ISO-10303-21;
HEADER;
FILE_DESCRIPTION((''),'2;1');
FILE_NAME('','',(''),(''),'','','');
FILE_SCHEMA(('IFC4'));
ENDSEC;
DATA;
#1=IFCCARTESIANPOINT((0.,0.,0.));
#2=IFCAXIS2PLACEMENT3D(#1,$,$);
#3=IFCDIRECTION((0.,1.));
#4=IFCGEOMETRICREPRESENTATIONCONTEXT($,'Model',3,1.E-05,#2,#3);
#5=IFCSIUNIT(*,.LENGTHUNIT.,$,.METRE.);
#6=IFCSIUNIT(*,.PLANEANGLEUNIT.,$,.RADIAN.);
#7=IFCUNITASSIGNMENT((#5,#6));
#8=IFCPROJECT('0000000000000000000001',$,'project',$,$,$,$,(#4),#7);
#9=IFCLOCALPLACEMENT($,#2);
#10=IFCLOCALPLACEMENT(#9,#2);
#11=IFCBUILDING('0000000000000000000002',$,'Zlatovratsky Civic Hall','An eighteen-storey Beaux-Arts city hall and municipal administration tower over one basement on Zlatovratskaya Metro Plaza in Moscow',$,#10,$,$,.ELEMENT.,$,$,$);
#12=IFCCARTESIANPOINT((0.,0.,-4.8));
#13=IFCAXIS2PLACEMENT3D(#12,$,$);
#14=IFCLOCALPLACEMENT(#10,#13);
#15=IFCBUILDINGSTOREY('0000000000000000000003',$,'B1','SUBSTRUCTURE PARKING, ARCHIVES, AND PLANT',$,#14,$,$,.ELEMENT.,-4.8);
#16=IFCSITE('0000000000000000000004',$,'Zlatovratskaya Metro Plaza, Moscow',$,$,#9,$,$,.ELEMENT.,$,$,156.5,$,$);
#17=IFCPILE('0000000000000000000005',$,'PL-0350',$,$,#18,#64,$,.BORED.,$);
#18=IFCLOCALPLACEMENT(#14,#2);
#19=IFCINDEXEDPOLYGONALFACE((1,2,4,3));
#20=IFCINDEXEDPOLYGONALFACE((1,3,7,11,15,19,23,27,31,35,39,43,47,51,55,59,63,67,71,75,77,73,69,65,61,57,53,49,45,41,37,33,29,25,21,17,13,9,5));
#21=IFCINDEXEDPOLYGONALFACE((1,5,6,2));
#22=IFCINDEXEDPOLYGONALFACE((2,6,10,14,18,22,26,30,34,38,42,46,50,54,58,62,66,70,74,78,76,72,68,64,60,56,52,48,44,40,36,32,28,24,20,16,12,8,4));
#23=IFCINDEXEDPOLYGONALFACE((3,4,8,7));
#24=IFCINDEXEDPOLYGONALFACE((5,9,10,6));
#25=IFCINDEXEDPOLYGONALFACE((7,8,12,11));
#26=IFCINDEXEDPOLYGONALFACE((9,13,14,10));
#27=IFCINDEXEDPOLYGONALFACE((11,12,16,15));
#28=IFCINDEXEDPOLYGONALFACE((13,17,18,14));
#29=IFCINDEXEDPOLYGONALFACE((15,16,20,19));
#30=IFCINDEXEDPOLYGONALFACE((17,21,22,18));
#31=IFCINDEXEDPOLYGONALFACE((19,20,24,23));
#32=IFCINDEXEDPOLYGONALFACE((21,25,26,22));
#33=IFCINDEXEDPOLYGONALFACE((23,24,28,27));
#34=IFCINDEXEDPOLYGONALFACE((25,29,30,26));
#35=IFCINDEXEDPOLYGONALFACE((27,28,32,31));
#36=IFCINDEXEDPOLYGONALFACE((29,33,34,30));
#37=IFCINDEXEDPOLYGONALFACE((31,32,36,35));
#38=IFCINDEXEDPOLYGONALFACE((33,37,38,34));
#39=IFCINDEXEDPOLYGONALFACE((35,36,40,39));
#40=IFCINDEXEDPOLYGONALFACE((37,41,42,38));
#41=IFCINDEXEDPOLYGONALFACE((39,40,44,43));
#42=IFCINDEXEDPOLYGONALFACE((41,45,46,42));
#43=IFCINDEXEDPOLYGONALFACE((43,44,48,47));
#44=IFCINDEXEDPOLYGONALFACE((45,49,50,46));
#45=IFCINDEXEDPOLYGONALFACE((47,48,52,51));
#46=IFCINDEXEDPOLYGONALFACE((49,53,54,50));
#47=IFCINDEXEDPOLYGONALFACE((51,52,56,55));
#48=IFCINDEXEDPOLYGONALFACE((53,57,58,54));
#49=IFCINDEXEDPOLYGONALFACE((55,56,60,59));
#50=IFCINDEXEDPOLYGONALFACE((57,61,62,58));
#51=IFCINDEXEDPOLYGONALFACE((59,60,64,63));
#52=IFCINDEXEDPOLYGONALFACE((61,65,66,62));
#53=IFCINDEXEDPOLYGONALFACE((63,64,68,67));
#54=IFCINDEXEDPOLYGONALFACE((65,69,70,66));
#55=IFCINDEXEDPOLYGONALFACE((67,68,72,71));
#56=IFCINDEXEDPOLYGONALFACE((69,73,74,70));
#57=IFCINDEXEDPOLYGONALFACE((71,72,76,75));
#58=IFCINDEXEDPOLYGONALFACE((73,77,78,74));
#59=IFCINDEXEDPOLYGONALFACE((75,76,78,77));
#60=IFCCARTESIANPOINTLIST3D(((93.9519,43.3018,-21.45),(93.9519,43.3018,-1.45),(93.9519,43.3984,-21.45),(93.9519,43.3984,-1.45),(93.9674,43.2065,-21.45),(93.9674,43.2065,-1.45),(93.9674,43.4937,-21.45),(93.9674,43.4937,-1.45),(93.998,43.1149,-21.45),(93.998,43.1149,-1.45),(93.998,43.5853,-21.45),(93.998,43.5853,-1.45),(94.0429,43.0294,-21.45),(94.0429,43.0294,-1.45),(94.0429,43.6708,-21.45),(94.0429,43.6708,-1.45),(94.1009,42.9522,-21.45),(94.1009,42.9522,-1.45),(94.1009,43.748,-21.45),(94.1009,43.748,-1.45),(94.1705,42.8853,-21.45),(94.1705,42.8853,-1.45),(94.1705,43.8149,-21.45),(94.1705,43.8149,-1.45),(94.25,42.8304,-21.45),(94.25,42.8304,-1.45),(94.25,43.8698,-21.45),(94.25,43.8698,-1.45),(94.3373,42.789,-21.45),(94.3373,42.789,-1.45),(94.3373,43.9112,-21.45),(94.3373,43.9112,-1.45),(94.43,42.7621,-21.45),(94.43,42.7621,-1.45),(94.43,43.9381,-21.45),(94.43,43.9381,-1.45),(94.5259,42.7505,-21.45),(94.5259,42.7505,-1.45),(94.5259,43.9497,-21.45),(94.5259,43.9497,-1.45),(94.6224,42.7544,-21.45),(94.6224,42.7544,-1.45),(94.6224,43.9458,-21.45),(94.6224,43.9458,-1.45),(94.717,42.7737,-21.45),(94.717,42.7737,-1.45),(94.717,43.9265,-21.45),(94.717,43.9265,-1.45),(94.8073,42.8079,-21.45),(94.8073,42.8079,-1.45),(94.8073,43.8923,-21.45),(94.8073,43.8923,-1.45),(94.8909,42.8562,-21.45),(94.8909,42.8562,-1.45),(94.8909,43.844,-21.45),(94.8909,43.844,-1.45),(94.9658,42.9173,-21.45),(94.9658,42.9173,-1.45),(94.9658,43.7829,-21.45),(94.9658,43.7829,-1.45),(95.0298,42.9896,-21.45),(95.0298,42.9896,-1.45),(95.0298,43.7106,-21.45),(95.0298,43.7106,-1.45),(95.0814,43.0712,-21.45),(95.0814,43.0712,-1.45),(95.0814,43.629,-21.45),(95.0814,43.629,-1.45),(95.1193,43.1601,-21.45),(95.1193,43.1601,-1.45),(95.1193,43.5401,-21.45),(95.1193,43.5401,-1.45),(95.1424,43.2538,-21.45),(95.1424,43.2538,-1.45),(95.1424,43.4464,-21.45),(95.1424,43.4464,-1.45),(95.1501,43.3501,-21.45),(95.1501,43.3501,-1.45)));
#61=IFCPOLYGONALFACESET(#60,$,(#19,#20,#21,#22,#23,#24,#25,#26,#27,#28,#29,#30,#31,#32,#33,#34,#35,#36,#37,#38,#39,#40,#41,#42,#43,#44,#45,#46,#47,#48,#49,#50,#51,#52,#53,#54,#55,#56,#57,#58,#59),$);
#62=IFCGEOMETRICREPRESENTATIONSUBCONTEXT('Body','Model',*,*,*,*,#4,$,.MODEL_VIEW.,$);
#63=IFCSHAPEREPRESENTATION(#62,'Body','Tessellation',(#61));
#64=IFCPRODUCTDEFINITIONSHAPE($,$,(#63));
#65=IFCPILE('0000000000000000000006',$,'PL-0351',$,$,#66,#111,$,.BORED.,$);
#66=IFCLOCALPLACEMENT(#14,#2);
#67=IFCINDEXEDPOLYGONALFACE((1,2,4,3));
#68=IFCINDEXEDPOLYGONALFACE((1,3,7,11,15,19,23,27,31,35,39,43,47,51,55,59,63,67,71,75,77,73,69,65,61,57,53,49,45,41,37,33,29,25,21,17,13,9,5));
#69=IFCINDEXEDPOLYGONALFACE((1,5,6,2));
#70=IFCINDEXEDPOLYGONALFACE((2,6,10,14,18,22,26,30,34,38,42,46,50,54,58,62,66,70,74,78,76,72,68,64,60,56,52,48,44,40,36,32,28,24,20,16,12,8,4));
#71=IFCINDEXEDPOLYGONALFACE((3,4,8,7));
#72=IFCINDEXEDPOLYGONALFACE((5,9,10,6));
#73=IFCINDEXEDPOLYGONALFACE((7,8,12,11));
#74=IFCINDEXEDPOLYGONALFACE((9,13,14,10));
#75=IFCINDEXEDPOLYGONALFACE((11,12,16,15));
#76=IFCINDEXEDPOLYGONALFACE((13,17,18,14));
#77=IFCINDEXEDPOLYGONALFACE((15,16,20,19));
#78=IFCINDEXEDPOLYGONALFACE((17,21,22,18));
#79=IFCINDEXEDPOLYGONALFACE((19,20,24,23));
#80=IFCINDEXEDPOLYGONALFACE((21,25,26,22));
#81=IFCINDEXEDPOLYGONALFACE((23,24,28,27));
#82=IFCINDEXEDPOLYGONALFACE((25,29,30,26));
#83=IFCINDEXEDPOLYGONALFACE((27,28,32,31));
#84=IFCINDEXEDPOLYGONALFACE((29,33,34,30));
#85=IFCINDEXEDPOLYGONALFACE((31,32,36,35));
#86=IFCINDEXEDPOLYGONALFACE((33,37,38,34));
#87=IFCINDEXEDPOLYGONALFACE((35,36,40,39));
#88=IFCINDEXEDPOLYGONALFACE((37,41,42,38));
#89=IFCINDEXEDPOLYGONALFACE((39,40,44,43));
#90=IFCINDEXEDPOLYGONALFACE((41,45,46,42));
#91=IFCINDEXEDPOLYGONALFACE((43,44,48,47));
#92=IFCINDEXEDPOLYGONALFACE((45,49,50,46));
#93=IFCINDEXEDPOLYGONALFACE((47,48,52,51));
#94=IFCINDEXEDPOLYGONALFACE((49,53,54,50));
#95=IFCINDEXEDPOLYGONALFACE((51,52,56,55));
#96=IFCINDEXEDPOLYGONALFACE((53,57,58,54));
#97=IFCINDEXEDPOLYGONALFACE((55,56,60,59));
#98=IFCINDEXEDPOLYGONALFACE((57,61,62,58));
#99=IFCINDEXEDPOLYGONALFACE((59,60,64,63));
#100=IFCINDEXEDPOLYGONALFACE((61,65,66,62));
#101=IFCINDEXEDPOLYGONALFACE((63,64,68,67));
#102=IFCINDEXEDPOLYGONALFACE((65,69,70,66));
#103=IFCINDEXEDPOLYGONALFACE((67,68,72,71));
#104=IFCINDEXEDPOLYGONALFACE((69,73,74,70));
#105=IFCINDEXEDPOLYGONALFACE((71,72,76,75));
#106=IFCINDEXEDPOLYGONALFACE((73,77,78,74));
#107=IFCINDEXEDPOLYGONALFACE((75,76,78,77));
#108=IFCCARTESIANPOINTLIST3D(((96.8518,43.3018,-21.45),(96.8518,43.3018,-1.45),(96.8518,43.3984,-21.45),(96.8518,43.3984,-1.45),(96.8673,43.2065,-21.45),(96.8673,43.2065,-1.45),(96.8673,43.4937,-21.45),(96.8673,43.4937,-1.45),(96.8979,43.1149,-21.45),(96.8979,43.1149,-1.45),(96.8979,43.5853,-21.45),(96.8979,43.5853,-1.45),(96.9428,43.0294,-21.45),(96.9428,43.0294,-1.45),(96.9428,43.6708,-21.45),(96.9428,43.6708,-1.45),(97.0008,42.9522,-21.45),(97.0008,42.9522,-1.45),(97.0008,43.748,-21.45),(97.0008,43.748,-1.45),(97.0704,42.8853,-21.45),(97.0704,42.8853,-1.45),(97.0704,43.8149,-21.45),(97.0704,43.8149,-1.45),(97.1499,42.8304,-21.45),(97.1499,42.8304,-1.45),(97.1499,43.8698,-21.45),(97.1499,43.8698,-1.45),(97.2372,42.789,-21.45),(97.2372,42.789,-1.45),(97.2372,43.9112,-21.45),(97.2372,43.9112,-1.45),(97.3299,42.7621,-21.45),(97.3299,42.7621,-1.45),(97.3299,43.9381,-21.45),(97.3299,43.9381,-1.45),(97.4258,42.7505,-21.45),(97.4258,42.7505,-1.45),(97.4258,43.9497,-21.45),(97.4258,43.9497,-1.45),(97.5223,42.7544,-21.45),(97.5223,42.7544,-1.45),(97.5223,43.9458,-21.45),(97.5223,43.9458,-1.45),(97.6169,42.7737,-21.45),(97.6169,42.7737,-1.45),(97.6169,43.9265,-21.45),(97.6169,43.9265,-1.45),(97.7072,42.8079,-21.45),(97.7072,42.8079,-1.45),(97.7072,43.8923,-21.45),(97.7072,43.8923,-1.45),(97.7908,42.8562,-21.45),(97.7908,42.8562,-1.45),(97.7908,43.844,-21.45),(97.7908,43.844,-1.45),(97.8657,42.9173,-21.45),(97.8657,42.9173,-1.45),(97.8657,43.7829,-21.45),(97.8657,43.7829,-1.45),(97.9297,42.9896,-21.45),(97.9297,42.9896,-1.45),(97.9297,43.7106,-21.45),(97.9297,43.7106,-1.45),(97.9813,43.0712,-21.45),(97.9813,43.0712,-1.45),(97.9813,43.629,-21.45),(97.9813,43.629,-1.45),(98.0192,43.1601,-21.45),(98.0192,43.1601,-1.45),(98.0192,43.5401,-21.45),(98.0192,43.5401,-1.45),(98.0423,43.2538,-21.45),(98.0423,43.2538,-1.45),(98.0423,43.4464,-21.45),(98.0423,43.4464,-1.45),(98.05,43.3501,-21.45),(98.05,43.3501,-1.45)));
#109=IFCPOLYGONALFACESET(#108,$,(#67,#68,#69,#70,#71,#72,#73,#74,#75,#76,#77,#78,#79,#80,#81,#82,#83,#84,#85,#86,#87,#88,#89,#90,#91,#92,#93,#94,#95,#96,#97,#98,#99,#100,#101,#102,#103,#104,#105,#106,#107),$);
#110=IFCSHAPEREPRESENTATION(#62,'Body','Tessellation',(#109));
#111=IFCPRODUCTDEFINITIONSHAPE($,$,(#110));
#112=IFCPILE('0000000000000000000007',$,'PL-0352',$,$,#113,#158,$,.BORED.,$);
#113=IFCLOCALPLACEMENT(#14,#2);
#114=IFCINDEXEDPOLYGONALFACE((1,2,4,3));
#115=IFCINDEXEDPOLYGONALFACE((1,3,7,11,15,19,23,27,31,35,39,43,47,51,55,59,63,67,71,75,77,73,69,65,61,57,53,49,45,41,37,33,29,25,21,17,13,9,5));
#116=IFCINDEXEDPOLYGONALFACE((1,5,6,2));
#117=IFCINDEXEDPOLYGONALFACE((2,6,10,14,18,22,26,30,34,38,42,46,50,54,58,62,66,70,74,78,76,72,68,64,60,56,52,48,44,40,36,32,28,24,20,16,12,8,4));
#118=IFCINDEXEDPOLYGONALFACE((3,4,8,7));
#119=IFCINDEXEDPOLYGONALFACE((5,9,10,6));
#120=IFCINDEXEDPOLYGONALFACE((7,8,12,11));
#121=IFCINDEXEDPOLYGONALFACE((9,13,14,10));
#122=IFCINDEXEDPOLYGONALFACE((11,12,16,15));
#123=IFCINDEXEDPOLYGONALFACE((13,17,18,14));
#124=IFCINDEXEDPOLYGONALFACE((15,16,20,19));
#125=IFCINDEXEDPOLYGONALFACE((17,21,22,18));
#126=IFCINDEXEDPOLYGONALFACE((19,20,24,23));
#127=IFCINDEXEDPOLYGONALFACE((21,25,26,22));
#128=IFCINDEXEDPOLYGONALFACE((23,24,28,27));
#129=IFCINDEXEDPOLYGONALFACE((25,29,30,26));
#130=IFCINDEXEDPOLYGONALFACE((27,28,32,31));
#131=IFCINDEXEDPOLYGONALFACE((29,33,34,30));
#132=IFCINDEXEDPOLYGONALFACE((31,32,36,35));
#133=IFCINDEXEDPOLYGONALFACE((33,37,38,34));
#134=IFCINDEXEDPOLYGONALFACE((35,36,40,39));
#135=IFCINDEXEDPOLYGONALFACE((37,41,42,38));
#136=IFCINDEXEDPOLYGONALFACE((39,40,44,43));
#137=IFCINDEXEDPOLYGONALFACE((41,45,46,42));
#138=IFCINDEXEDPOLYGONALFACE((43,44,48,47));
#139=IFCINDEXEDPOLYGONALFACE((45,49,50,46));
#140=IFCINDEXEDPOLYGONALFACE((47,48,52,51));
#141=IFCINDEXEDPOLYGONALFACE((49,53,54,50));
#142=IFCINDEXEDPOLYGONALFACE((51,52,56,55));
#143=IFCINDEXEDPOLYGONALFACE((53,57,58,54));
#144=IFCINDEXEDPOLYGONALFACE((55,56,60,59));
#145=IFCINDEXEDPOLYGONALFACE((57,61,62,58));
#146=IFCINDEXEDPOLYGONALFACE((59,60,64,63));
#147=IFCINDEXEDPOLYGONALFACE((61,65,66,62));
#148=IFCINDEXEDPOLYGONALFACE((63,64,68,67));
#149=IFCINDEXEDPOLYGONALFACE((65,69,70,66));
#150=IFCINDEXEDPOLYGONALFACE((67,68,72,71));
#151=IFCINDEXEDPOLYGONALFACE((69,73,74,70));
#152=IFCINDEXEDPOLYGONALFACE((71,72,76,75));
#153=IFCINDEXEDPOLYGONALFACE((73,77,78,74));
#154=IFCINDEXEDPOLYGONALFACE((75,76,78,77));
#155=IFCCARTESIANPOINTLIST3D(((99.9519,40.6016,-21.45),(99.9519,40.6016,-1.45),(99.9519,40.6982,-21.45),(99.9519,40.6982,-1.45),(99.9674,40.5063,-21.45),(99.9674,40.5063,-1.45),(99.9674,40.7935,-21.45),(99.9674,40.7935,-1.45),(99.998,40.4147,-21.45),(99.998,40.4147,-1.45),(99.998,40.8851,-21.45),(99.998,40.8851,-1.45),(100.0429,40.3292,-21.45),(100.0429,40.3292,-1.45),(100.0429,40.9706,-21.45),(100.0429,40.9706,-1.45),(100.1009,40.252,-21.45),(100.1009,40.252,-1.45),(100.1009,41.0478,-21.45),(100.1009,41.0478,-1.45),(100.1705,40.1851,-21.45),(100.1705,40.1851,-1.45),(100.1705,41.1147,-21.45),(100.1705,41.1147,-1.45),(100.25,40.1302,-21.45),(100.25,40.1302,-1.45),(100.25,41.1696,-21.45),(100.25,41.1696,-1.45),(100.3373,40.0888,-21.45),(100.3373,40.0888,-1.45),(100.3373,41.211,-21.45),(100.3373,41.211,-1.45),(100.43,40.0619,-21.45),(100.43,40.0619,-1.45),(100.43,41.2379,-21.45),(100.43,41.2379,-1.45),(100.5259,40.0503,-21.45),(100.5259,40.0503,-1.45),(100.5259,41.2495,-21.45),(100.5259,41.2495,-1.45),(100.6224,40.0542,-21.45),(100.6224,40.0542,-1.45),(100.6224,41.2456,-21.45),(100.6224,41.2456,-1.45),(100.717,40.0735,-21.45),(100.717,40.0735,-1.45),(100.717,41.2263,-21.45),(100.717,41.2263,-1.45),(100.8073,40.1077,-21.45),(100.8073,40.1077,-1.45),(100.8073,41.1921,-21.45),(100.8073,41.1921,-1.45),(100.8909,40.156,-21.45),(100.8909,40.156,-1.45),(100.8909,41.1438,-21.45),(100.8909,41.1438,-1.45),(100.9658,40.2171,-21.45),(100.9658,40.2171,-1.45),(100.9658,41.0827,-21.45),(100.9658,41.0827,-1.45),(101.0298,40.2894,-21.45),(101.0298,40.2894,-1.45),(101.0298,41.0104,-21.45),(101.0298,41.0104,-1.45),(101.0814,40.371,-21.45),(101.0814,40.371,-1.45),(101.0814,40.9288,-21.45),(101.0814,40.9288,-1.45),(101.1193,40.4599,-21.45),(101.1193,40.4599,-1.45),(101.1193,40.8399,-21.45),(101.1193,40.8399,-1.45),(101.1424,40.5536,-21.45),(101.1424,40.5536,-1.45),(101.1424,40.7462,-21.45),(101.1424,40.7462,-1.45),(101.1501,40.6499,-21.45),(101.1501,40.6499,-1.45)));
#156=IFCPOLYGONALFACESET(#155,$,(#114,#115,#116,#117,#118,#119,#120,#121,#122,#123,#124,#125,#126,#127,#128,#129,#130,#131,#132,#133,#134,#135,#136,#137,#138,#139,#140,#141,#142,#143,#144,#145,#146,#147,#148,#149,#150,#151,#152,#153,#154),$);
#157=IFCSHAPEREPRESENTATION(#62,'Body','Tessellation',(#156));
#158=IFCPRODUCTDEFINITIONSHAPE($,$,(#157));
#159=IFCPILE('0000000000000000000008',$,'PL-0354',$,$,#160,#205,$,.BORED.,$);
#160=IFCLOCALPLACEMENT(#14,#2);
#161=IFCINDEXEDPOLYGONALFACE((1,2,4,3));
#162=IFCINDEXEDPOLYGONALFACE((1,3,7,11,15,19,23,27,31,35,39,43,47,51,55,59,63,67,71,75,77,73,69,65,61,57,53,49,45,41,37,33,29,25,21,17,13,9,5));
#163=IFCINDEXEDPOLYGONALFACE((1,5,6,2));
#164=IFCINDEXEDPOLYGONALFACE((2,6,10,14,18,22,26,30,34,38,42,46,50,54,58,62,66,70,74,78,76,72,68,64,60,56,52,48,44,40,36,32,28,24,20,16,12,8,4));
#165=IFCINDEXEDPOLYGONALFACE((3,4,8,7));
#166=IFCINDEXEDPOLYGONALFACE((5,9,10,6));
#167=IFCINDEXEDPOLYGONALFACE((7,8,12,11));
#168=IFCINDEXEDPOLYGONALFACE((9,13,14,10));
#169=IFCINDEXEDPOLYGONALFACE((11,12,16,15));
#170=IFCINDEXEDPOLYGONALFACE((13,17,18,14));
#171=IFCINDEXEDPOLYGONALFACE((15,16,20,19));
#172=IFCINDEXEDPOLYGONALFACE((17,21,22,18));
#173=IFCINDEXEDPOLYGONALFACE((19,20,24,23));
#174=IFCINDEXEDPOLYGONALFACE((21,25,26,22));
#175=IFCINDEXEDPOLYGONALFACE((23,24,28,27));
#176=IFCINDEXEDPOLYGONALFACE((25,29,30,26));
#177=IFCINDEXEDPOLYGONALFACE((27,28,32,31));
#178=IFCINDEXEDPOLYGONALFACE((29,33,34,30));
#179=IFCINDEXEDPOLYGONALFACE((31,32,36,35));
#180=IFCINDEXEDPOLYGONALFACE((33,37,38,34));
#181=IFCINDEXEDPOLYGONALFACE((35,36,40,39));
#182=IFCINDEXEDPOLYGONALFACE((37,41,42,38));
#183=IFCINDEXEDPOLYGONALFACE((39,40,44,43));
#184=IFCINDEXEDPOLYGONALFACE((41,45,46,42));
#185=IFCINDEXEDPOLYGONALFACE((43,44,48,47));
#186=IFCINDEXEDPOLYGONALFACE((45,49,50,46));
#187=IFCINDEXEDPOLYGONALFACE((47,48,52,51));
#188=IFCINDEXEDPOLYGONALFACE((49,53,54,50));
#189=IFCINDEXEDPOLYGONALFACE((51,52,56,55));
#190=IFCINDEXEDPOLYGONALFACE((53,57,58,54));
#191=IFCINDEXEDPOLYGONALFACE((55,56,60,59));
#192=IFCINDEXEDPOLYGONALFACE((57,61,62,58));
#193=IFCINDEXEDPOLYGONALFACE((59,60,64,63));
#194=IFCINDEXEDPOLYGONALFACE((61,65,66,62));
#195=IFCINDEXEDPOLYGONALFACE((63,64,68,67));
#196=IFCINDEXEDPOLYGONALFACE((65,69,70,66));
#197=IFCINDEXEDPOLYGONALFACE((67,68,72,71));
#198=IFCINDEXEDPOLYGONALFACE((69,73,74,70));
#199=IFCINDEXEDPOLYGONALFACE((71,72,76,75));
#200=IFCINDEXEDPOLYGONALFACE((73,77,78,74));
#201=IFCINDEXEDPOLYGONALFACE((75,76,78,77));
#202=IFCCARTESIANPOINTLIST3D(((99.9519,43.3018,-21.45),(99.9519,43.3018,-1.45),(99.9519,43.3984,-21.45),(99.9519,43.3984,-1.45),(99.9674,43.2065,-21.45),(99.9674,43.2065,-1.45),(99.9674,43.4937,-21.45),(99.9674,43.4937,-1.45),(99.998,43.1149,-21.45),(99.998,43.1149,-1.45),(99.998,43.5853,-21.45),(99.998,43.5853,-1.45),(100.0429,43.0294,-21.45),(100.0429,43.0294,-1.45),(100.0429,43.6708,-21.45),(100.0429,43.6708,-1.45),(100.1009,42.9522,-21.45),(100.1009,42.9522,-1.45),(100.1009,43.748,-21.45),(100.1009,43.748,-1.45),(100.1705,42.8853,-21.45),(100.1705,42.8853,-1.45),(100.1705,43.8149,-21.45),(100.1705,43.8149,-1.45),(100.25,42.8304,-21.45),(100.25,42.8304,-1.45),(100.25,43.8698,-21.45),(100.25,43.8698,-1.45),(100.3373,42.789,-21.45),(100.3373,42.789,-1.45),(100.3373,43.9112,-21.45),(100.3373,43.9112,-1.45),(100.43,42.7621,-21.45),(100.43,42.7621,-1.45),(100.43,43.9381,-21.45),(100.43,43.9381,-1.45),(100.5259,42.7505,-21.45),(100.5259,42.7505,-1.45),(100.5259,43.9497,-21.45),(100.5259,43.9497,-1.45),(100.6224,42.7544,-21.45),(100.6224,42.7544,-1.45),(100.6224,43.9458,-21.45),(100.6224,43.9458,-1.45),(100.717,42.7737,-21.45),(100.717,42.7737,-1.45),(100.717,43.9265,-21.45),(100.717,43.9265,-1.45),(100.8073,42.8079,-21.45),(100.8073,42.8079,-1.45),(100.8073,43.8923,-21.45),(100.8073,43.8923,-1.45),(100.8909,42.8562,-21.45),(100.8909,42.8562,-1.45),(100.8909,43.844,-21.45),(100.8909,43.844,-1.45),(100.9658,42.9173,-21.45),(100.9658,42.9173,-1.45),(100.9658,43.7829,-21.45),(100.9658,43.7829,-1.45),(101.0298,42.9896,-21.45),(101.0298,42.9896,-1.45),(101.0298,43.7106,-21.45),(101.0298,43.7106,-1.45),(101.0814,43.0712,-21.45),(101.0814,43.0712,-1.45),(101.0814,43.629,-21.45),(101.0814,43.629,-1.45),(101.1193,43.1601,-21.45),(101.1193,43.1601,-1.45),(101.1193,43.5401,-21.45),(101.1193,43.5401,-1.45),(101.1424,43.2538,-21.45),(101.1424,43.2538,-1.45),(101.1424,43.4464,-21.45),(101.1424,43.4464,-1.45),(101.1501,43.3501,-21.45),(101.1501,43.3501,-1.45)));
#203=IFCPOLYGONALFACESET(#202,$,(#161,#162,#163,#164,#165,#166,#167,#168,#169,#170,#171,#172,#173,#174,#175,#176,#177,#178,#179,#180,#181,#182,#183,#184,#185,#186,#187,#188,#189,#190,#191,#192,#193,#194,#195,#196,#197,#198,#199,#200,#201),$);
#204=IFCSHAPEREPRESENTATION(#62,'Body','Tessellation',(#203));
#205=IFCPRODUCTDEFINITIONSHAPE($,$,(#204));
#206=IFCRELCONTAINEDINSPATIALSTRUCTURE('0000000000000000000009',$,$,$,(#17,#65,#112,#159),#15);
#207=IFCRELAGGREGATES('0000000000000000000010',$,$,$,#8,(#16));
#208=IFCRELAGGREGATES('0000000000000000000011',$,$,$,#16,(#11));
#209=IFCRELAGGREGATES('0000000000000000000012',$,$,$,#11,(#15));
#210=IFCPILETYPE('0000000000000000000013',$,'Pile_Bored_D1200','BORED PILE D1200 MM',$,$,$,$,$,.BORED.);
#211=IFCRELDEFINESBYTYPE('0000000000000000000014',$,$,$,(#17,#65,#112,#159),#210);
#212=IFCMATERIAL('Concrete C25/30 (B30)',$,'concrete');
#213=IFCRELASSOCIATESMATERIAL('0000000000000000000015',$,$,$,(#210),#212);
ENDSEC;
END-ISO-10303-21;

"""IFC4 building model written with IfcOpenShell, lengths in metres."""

from ifc_helpers import new_model, si_unit, direction, frame, origin, origin_2d, place, context, subcontext, project, spatial, circle, extrude, material, material_profile, profile_set, type_object, element, save


model = new_model("IFC4")

# Units and contexts
model_context = context("Model", 3, precision=1e-05, world=origin(), true_north=direction((0.0, 1.0)))
body_context = subcontext(model_context, "Body", "Model", "MODEL_VIEW")
ifc_project = project(units=[si_unit("LENGTHUNIT", "METRE"), si_unit("PLANEANGLEUNIT", "RADIAN")], contexts=[model_context])

# Site, building, storey
site_placement = place(None, origin())
site = spatial("IfcSite", under=ifc_project, at=site_placement, Name="Zlatovratskaya Metro Plaza, Moscow", CompositionType="ELEMENT", RefElevation=156.5)
building_placement = place(site_placement, origin())
building = spatial("IfcBuilding", under=site, at=building_placement, Name="Zlatovratsky Civic Hall", Description="An eighteen-storey Beaux-Arts city hall and municipal administration tower over one basement on Zlatovratskaya Metro Plaza in Moscow", CompositionType="ELEMENT")
storey_placement = place(building_placement, frame((0.0, 0.0, -4.8)))
storey = spatial("IfcBuildingStorey", under=building, at=storey_placement, Name="B1", Description="SUBSTRUCTURE PARKING, ARCHIVES, AND PLANT", CompositionType="ELEMENT", Elevation=-4.8)

# Shared definitions
ifc_material_1 = material(Name="Concrete C25/30 (B30)", Category="concrete")

# Piles
ifc_material_profile_1 = material_profile(ifc_material_1, circle(Radius=0.6001, at=origin_2d()), Name="PILE D1200")
ifc_profile_set_1 = profile_set([ifc_material_profile_1], Name="Concrete C25/30 (B30)")
pile_type_1 = type_object("IfcPileType", Name="Pile_Bored_D1200", Description="BORED PILE D1200 MM", PredefinedType="BORED", material=ifc_profile_set_1)
for number, where, z_axis, x_axis, name in (
    (1, (94.55, 43.3501, -1.45), (0.0, 0.0, -1.0), (1.0, 0.0, 0.0), "PL-0350"),
    (2, (97.45, 43.3501, -1.45), (0.0, 0.0, -1.0), (1.0, 0.0, 0.0), "PL-0351"),
    (3, (100.55, 40.6499, -1.45), (0.0, 0.0, -1.0), (1.0, 0.0, 0.0), "PL-0352"),
    (4, (100.55, 43.3501, -1.45), (0.0, 0.0, -1.0), (1.0, 0.0, 0.0), "PL-0354"),
):
    element("IfcPile", number, at=place(storey_placement, frame(where, z_axis=z_axis, x_axis=x_axis)), inside=storey, type_object=pile_type_1, Name=name, PredefinedType="BORED", context=body_context, shape_type="SweptSolid", body=[
        extrude(circle(Radius=0.6001, at=origin_2d()), origin(), (0.0, 0.0, 1.0), 20.0),
    ])

save(model, "model.ifc")
